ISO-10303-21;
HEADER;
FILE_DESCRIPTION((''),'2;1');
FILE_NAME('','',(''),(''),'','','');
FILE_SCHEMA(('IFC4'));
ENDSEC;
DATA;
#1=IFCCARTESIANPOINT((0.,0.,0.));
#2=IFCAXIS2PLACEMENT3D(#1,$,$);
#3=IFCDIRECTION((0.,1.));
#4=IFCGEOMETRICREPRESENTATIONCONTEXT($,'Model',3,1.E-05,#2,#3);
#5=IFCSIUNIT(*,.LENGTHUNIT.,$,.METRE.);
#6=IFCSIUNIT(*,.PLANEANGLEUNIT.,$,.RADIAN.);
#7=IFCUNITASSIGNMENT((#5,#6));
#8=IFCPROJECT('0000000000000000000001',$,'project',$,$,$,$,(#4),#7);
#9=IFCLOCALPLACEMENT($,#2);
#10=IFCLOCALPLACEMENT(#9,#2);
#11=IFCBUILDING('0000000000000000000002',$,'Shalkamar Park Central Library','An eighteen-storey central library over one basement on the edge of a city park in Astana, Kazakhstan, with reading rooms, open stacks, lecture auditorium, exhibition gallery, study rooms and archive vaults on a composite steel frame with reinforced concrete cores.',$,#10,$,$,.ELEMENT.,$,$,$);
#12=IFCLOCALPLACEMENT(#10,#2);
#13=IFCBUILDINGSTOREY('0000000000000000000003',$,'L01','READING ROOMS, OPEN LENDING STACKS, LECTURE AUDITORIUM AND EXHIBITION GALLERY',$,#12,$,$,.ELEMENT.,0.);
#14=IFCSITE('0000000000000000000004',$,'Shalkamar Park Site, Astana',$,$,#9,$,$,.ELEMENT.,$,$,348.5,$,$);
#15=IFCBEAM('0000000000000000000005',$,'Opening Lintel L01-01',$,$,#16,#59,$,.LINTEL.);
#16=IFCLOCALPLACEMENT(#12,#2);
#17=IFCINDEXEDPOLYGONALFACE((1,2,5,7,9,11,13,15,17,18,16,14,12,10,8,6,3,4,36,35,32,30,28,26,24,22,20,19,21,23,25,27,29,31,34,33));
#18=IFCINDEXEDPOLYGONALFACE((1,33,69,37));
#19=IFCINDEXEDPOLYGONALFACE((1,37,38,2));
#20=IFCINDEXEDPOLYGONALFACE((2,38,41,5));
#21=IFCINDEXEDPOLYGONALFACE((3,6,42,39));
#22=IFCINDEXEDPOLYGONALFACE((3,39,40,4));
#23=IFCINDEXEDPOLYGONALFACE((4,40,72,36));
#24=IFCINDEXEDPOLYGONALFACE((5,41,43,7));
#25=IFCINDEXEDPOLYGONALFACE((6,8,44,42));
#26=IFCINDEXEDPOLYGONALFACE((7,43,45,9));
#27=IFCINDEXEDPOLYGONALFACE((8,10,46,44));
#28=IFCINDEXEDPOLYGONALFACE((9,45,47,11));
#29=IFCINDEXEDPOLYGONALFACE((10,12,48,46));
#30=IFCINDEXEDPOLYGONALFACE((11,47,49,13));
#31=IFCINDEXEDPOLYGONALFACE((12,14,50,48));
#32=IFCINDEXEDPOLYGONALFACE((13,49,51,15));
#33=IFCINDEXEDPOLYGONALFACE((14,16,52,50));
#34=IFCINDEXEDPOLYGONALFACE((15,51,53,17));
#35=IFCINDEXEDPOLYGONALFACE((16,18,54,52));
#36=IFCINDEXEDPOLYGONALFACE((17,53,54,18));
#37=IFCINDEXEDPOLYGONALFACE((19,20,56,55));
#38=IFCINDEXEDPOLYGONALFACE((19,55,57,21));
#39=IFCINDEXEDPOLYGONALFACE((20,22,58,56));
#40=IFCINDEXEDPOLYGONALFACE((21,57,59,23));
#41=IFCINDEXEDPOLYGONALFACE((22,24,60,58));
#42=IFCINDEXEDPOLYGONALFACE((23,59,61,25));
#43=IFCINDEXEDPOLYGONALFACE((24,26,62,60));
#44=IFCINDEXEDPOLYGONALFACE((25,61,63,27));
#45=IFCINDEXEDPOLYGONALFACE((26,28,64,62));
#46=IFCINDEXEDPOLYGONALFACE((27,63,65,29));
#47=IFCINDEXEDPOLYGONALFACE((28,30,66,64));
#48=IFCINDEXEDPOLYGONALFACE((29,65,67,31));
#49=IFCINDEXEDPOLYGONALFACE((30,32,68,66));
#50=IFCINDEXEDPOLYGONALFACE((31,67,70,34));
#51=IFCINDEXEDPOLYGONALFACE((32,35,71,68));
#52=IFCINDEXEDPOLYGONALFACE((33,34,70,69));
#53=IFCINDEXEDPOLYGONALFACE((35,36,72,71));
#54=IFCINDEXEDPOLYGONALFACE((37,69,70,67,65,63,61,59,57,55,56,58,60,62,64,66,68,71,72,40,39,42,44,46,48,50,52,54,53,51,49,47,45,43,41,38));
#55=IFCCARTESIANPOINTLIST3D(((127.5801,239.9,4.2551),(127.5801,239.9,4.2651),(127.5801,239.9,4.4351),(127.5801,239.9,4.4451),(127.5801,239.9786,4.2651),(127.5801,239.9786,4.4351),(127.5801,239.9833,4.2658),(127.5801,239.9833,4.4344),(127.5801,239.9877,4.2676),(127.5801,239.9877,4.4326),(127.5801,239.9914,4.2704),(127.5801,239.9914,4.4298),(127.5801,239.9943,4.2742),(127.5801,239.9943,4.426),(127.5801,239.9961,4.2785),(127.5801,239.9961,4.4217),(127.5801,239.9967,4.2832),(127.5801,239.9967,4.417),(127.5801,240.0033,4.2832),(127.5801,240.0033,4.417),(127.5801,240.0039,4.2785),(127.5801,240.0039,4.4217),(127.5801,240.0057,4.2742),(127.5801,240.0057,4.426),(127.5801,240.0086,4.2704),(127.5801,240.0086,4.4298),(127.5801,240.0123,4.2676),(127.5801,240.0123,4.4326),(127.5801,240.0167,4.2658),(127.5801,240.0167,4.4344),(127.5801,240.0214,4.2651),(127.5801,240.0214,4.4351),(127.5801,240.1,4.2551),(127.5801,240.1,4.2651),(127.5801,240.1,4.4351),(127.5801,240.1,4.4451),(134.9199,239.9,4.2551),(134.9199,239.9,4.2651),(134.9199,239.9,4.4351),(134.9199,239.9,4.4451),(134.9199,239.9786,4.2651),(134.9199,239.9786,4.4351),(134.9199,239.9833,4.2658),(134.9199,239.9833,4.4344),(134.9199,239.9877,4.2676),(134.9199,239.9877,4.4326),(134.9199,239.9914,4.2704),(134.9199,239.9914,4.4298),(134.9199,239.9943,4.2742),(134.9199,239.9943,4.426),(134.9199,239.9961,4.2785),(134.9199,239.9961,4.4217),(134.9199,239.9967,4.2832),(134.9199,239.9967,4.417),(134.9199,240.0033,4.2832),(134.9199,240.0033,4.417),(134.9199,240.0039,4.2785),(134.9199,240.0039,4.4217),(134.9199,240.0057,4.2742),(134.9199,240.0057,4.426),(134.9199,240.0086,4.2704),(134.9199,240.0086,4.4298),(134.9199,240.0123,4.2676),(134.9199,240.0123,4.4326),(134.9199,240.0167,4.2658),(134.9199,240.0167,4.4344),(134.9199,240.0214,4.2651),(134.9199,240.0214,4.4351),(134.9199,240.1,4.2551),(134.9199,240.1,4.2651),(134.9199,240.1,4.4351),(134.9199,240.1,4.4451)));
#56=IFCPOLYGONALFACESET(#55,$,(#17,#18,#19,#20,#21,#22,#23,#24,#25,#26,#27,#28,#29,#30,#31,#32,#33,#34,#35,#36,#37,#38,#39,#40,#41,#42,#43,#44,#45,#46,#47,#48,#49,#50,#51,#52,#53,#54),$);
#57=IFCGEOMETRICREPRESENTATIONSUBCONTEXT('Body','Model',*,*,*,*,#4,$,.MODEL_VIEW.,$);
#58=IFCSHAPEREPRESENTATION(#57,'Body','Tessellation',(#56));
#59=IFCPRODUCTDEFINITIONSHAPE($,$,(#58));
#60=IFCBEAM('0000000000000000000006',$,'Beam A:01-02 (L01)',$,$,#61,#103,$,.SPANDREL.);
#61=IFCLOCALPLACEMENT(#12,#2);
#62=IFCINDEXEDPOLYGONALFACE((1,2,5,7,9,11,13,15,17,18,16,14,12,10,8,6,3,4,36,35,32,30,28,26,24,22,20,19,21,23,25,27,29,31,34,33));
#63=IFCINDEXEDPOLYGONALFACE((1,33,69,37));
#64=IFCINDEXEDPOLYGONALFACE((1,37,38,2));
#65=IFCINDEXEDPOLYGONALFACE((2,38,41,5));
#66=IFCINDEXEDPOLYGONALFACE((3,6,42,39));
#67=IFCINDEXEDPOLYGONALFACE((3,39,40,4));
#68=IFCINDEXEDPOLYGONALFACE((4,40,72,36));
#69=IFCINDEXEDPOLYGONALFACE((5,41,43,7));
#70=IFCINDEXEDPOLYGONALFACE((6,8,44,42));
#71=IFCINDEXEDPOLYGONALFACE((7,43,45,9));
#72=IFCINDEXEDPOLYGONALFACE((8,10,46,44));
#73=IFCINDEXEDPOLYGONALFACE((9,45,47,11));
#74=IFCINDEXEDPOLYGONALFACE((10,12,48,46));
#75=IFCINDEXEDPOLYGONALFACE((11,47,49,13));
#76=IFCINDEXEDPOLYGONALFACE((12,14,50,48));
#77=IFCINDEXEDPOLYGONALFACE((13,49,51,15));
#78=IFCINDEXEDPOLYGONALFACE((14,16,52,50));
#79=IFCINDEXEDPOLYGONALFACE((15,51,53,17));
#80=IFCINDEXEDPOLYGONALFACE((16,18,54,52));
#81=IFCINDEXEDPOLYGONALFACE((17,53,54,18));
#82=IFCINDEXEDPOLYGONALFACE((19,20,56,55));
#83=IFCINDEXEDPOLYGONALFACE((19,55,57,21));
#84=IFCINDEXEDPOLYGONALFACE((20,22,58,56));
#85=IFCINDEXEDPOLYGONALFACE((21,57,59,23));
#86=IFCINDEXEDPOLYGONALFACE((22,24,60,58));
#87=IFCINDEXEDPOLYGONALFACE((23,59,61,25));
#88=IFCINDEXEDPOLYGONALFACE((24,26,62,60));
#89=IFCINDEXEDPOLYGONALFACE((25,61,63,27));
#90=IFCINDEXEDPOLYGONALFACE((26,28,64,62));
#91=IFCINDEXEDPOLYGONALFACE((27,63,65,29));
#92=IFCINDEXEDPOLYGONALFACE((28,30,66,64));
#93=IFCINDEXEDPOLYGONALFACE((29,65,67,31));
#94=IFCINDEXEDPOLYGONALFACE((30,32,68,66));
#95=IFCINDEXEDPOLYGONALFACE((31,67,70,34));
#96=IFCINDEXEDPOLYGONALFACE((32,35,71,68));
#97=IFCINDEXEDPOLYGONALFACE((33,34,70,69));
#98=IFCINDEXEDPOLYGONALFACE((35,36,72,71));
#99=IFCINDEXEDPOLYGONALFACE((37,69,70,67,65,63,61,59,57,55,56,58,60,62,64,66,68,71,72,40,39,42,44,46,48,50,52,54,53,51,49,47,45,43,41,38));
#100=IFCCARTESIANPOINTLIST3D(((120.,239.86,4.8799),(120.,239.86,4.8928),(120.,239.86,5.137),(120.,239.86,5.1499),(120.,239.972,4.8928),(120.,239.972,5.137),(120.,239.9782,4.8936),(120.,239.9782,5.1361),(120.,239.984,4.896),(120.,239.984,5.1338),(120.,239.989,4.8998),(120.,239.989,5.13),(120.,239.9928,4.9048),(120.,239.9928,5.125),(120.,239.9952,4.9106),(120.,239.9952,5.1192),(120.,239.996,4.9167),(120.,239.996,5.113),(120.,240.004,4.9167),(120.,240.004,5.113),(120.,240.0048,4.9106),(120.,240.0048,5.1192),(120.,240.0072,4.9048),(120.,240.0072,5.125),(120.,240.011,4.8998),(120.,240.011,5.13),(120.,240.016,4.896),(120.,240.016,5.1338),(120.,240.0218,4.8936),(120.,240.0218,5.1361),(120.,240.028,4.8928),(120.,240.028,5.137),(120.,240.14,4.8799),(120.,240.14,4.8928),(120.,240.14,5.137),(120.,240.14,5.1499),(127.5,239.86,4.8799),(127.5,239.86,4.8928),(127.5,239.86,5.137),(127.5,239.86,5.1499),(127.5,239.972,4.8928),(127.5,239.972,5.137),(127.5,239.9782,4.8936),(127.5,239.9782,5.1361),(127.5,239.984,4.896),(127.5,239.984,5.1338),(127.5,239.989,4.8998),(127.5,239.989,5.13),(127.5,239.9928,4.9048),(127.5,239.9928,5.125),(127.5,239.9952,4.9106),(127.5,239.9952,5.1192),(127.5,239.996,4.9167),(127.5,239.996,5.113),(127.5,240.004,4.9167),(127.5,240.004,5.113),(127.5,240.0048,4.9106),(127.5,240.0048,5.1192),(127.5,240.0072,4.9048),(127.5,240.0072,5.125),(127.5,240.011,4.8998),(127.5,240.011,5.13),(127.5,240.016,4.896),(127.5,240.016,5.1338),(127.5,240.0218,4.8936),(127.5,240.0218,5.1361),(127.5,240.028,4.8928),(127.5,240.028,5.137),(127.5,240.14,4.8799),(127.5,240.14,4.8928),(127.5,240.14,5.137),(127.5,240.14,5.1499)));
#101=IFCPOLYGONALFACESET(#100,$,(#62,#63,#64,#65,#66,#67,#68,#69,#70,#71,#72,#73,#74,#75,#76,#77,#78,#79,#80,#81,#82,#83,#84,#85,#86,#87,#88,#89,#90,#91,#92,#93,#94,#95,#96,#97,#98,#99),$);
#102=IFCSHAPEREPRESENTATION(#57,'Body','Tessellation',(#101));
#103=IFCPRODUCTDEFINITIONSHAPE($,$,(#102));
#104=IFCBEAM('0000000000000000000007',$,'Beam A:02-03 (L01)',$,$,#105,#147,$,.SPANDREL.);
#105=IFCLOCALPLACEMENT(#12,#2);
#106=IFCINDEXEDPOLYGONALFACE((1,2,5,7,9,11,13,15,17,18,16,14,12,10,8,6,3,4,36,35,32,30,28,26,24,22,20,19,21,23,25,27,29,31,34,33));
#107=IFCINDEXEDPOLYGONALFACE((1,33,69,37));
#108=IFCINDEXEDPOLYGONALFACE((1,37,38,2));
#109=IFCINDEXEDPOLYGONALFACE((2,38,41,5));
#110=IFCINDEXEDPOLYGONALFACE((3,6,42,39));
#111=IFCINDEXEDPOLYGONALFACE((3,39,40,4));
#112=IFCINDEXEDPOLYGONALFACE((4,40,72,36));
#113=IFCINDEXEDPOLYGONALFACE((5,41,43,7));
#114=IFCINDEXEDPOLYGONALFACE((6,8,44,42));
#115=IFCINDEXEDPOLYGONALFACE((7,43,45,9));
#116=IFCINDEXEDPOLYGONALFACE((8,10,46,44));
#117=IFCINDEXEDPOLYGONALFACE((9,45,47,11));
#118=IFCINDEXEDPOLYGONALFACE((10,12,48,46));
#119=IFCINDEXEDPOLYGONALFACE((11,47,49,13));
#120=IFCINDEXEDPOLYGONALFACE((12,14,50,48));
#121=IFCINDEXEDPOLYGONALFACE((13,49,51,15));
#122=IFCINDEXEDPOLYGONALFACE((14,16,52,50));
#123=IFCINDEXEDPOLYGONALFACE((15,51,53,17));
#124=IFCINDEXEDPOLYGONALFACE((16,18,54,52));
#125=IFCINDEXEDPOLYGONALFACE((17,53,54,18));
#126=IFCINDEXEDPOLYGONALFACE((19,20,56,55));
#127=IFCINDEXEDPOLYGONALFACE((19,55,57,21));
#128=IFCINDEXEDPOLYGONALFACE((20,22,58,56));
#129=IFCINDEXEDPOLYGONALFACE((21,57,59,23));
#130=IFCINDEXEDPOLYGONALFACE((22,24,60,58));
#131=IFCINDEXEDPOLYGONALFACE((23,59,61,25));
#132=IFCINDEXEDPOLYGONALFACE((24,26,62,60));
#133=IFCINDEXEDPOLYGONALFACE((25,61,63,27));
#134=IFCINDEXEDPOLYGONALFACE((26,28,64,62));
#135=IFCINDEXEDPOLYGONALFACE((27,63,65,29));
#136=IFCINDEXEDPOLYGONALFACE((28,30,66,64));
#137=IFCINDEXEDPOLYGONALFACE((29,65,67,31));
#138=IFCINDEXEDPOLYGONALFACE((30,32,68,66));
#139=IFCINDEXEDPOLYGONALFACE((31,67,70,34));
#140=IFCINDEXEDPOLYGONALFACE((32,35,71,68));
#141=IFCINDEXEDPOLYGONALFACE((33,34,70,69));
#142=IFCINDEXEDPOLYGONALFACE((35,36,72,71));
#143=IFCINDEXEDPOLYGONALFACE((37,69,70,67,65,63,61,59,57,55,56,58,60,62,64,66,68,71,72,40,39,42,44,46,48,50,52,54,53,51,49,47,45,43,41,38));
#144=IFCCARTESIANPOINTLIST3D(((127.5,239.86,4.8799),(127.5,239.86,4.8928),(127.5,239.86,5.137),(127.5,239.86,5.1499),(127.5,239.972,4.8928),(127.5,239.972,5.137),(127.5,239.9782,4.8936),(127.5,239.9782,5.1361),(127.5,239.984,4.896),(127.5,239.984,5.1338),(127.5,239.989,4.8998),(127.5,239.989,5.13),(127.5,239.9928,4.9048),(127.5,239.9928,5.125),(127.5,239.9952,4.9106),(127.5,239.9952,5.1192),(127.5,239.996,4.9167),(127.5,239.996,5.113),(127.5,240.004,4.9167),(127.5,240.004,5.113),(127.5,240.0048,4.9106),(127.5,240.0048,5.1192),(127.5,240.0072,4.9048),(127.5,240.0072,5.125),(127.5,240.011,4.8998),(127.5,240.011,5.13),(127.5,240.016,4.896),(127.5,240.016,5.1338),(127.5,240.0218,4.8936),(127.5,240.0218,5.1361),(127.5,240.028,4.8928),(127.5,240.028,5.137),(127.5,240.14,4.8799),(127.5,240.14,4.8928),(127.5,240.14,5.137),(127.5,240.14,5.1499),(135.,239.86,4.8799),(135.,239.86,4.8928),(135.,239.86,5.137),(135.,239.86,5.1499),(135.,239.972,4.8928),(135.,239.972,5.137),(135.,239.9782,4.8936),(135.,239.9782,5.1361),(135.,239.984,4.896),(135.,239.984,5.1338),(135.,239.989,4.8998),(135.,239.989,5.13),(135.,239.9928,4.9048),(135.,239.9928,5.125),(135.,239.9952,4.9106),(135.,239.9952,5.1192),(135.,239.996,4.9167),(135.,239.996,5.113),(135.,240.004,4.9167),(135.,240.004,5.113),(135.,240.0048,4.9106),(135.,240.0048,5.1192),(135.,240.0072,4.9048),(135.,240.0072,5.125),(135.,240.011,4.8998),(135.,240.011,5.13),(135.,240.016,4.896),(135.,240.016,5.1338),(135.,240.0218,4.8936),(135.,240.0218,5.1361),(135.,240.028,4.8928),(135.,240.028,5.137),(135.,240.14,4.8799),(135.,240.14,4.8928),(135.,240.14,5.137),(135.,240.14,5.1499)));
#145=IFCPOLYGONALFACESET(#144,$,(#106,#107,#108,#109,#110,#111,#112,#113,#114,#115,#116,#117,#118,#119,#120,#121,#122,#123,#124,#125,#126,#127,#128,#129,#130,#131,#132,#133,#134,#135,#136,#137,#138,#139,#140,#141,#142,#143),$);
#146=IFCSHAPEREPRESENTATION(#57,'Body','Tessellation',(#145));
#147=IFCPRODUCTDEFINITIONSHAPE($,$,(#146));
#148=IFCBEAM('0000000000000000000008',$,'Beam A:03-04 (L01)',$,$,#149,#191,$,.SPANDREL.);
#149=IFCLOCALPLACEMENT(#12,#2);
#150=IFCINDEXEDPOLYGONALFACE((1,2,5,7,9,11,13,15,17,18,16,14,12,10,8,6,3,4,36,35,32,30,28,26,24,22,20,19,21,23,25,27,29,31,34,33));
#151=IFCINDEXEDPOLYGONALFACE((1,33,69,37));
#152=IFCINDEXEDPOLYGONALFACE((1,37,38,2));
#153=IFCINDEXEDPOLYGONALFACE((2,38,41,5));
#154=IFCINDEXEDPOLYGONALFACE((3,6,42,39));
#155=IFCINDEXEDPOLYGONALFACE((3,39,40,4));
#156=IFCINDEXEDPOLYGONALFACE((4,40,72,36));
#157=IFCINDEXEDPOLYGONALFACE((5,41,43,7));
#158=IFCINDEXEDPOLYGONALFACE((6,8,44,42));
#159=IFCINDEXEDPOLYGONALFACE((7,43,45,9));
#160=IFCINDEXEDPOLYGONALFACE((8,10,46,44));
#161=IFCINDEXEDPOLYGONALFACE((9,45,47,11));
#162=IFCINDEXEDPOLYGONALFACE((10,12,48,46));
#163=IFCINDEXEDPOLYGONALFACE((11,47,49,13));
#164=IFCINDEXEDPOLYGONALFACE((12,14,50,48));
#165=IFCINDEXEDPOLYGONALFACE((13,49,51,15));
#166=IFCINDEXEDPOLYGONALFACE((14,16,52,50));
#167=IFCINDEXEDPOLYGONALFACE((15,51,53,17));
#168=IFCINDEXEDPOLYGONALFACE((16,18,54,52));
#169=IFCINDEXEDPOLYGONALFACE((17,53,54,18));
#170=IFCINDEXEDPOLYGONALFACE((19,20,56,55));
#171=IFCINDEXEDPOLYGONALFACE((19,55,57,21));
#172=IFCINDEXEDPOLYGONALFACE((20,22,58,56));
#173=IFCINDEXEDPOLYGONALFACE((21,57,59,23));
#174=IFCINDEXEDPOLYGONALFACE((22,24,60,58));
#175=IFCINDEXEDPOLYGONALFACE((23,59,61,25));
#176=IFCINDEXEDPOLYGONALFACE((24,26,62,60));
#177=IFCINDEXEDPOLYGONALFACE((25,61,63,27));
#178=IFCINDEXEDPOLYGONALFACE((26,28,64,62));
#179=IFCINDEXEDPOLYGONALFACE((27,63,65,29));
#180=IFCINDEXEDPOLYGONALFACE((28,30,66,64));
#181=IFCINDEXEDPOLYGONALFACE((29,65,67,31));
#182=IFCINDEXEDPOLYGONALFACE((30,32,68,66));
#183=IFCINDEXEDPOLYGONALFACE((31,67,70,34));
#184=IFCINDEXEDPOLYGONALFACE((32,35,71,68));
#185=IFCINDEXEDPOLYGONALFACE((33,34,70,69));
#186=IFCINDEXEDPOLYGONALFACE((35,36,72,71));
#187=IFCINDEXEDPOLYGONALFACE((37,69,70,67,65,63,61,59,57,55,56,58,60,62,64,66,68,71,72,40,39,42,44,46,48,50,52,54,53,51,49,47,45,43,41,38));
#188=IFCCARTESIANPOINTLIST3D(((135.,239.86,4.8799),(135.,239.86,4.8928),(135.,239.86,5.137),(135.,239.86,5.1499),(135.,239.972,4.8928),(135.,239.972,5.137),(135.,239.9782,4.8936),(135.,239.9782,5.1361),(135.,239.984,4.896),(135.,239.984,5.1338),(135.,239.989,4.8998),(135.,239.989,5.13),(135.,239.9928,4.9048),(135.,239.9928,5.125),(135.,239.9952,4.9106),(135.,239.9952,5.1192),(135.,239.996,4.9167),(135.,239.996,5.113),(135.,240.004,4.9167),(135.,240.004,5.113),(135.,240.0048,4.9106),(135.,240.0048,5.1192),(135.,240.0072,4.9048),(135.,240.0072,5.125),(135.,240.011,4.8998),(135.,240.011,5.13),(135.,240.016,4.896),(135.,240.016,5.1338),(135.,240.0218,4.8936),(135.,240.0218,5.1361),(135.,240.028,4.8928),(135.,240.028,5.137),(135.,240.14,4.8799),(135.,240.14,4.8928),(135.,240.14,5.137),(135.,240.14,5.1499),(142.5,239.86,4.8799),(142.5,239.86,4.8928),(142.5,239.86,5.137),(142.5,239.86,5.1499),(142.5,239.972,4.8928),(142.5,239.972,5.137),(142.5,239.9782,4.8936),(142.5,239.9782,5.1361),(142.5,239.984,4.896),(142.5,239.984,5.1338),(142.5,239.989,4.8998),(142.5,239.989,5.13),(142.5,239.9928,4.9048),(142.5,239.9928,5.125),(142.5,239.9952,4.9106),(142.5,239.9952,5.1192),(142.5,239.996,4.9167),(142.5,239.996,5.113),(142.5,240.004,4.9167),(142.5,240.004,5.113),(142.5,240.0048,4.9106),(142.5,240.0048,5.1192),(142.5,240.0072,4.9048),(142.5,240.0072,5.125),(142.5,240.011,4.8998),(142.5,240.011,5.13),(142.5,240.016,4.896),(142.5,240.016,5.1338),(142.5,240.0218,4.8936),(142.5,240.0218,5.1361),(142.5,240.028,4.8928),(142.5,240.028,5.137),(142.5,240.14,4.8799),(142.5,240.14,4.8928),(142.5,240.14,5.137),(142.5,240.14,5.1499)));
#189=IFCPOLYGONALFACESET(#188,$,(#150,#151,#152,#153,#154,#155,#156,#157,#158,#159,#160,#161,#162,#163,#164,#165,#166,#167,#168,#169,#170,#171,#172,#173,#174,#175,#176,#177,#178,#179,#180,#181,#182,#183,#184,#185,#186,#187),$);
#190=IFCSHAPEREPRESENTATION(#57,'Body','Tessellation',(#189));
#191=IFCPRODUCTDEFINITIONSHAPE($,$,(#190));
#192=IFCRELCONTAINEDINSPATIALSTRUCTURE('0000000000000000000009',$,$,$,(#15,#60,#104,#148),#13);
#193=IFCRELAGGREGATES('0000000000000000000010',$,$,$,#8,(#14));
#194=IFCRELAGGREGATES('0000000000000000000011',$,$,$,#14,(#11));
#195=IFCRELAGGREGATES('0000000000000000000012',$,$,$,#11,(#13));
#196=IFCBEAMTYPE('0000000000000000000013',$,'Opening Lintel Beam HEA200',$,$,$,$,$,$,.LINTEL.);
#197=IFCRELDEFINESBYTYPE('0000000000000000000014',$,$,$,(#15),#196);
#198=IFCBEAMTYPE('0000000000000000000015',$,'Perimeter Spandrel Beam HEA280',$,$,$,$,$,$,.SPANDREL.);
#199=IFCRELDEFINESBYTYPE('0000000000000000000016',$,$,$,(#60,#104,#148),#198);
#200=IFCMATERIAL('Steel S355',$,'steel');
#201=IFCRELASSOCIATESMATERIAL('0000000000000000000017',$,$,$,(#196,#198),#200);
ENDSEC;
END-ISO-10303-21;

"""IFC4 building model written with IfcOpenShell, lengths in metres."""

from ifc_helpers import new_model, si_unit, direction, frame, origin, origin_2d, place, context, subcontext, project, spatial, i_section, extrude, material, material_profile, profile_set, type_object, element, save


model = new_model("IFC4")

# Units and contexts
model_context = context("Model", 3, precision=1e-05, world=origin(), true_north=direction((0.0, 1.0)))
body_context = subcontext(model_context, "Body", "Model", "MODEL_VIEW")
ifc_project = project(units=[si_unit("LENGTHUNIT", "METRE"), si_unit("PLANEANGLEUNIT", "RADIAN")], contexts=[model_context])

# Site, building, storey
site_placement = place(None, origin())
site = spatial("IfcSite", under=ifc_project, at=site_placement, Name="Shalkamar Park Site, Astana", CompositionType="ELEMENT", RefElevation=348.5)
building_placement = place(site_placement, origin())
building = spatial("IfcBuilding", under=site, at=building_placement, Name="Shalkamar Park Central Library", Description="An eighteen-storey central library over one basement on the edge of a city park in Astana, Kazakhstan, with reading rooms, open stacks, lecture auditorium, exhibition gallery, study rooms and archive vaults on a composite steel frame with reinforced concrete cores.", CompositionType="ELEMENT")
storey_placement = place(building_placement, origin())
storey = spatial("IfcBuildingStorey", under=building, at=storey_placement, Name="L01", Description="READING ROOMS, OPEN LENDING STACKS, LECTURE AUDITORIUM AND EXHIBITION GALLERY", CompositionType="ELEMENT", Elevation=0.0)

# Shared definitions
ifc_material_1 = material(Name="Steel S355", Category="steel")

# Beams
ifc_material_profile_1 = material_profile(ifc_material_1, i_section(OverallWidth=0.2, OverallDepth=0.1899, WebThickness=0.0066, FlangeThickness=0.01, FilletRadius=0.0181, at=origin_2d()), Name="HEA 200")
ifc_profile_set_1 = profile_set([ifc_material_profile_1], Name="Steel S355")
beam_type_1 = type_object("IfcBeamType", Name="Opening Lintel Beam HEA200", PredefinedType="LINTEL", material=ifc_profile_set_1)
beam_1_placement = place(storey_placement, frame((127.5801, 240.0, 4.3501), z_axis=(1.0, 0.0, 0.0), x_axis=(0.0, 1.0, 0.0)))
element("IfcBeam", 1, at=beam_1_placement, inside=storey, type_object=beam_type_1, Name="Opening Lintel L01-01", PredefinedType="LINTEL", context=body_context, shape_type="SweptSolid", body=[
    extrude(i_section(OverallWidth=0.2, OverallDepth=0.1899, WebThickness=0.0066, FlangeThickness=0.01, FilletRadius=0.0181, at=origin_2d()), origin(), (0.0, 0.0, 1.0), 7.3398),
])
ifc_material_profile_2 = material_profile(ifc_material_1, i_section(OverallWidth=0.28, OverallDepth=0.27, WebThickness=0.0081, FlangeThickness=0.0129, FilletRadius=0.0239, at=origin_2d()), Name="HEA 280")
ifc_profile_set_2 = profile_set([ifc_material_profile_2], Name="Steel S355")
beam_type_2 = type_object("IfcBeamType", Name="Perimeter Spandrel Beam HEA280", PredefinedType="SPANDREL", material=ifc_profile_set_2)
for number, where, z_axis, x_axis, name in (
    (2, (120.0, 240.0, 5.0149), (1.0, 0.0, 0.0), (0.0, 1.0, 0.0), "Beam A:01-02 (L01)"),
    (3, (127.5, 240.0, 5.0149), (1.0, 0.0, 0.0), (0.0, 1.0, 0.0), "Beam A:02-03 (L01)"),
    (4, (135.0, 240.0, 5.0149), (1.0, 0.0, 0.0), (0.0, 1.0, 0.0), "Beam A:03-04 (L01)"),
):
    element("IfcBeam", number, at=place(storey_placement, frame(where, z_axis=z_axis, x_axis=x_axis)), inside=storey, type_object=beam_type_2, Name=name, PredefinedType="SPANDREL", context=body_context, shape_type="SweptSolid", body=[
        extrude(i_section(OverallWidth=0.28, OverallDepth=0.27, WebThickness=0.0081, FlangeThickness=0.0129, FilletRadius=0.0239, at=origin_2d()), origin(), (0.0, 0.0, 1.0), 7.5),
    ])

save(model, "model.ifc")
